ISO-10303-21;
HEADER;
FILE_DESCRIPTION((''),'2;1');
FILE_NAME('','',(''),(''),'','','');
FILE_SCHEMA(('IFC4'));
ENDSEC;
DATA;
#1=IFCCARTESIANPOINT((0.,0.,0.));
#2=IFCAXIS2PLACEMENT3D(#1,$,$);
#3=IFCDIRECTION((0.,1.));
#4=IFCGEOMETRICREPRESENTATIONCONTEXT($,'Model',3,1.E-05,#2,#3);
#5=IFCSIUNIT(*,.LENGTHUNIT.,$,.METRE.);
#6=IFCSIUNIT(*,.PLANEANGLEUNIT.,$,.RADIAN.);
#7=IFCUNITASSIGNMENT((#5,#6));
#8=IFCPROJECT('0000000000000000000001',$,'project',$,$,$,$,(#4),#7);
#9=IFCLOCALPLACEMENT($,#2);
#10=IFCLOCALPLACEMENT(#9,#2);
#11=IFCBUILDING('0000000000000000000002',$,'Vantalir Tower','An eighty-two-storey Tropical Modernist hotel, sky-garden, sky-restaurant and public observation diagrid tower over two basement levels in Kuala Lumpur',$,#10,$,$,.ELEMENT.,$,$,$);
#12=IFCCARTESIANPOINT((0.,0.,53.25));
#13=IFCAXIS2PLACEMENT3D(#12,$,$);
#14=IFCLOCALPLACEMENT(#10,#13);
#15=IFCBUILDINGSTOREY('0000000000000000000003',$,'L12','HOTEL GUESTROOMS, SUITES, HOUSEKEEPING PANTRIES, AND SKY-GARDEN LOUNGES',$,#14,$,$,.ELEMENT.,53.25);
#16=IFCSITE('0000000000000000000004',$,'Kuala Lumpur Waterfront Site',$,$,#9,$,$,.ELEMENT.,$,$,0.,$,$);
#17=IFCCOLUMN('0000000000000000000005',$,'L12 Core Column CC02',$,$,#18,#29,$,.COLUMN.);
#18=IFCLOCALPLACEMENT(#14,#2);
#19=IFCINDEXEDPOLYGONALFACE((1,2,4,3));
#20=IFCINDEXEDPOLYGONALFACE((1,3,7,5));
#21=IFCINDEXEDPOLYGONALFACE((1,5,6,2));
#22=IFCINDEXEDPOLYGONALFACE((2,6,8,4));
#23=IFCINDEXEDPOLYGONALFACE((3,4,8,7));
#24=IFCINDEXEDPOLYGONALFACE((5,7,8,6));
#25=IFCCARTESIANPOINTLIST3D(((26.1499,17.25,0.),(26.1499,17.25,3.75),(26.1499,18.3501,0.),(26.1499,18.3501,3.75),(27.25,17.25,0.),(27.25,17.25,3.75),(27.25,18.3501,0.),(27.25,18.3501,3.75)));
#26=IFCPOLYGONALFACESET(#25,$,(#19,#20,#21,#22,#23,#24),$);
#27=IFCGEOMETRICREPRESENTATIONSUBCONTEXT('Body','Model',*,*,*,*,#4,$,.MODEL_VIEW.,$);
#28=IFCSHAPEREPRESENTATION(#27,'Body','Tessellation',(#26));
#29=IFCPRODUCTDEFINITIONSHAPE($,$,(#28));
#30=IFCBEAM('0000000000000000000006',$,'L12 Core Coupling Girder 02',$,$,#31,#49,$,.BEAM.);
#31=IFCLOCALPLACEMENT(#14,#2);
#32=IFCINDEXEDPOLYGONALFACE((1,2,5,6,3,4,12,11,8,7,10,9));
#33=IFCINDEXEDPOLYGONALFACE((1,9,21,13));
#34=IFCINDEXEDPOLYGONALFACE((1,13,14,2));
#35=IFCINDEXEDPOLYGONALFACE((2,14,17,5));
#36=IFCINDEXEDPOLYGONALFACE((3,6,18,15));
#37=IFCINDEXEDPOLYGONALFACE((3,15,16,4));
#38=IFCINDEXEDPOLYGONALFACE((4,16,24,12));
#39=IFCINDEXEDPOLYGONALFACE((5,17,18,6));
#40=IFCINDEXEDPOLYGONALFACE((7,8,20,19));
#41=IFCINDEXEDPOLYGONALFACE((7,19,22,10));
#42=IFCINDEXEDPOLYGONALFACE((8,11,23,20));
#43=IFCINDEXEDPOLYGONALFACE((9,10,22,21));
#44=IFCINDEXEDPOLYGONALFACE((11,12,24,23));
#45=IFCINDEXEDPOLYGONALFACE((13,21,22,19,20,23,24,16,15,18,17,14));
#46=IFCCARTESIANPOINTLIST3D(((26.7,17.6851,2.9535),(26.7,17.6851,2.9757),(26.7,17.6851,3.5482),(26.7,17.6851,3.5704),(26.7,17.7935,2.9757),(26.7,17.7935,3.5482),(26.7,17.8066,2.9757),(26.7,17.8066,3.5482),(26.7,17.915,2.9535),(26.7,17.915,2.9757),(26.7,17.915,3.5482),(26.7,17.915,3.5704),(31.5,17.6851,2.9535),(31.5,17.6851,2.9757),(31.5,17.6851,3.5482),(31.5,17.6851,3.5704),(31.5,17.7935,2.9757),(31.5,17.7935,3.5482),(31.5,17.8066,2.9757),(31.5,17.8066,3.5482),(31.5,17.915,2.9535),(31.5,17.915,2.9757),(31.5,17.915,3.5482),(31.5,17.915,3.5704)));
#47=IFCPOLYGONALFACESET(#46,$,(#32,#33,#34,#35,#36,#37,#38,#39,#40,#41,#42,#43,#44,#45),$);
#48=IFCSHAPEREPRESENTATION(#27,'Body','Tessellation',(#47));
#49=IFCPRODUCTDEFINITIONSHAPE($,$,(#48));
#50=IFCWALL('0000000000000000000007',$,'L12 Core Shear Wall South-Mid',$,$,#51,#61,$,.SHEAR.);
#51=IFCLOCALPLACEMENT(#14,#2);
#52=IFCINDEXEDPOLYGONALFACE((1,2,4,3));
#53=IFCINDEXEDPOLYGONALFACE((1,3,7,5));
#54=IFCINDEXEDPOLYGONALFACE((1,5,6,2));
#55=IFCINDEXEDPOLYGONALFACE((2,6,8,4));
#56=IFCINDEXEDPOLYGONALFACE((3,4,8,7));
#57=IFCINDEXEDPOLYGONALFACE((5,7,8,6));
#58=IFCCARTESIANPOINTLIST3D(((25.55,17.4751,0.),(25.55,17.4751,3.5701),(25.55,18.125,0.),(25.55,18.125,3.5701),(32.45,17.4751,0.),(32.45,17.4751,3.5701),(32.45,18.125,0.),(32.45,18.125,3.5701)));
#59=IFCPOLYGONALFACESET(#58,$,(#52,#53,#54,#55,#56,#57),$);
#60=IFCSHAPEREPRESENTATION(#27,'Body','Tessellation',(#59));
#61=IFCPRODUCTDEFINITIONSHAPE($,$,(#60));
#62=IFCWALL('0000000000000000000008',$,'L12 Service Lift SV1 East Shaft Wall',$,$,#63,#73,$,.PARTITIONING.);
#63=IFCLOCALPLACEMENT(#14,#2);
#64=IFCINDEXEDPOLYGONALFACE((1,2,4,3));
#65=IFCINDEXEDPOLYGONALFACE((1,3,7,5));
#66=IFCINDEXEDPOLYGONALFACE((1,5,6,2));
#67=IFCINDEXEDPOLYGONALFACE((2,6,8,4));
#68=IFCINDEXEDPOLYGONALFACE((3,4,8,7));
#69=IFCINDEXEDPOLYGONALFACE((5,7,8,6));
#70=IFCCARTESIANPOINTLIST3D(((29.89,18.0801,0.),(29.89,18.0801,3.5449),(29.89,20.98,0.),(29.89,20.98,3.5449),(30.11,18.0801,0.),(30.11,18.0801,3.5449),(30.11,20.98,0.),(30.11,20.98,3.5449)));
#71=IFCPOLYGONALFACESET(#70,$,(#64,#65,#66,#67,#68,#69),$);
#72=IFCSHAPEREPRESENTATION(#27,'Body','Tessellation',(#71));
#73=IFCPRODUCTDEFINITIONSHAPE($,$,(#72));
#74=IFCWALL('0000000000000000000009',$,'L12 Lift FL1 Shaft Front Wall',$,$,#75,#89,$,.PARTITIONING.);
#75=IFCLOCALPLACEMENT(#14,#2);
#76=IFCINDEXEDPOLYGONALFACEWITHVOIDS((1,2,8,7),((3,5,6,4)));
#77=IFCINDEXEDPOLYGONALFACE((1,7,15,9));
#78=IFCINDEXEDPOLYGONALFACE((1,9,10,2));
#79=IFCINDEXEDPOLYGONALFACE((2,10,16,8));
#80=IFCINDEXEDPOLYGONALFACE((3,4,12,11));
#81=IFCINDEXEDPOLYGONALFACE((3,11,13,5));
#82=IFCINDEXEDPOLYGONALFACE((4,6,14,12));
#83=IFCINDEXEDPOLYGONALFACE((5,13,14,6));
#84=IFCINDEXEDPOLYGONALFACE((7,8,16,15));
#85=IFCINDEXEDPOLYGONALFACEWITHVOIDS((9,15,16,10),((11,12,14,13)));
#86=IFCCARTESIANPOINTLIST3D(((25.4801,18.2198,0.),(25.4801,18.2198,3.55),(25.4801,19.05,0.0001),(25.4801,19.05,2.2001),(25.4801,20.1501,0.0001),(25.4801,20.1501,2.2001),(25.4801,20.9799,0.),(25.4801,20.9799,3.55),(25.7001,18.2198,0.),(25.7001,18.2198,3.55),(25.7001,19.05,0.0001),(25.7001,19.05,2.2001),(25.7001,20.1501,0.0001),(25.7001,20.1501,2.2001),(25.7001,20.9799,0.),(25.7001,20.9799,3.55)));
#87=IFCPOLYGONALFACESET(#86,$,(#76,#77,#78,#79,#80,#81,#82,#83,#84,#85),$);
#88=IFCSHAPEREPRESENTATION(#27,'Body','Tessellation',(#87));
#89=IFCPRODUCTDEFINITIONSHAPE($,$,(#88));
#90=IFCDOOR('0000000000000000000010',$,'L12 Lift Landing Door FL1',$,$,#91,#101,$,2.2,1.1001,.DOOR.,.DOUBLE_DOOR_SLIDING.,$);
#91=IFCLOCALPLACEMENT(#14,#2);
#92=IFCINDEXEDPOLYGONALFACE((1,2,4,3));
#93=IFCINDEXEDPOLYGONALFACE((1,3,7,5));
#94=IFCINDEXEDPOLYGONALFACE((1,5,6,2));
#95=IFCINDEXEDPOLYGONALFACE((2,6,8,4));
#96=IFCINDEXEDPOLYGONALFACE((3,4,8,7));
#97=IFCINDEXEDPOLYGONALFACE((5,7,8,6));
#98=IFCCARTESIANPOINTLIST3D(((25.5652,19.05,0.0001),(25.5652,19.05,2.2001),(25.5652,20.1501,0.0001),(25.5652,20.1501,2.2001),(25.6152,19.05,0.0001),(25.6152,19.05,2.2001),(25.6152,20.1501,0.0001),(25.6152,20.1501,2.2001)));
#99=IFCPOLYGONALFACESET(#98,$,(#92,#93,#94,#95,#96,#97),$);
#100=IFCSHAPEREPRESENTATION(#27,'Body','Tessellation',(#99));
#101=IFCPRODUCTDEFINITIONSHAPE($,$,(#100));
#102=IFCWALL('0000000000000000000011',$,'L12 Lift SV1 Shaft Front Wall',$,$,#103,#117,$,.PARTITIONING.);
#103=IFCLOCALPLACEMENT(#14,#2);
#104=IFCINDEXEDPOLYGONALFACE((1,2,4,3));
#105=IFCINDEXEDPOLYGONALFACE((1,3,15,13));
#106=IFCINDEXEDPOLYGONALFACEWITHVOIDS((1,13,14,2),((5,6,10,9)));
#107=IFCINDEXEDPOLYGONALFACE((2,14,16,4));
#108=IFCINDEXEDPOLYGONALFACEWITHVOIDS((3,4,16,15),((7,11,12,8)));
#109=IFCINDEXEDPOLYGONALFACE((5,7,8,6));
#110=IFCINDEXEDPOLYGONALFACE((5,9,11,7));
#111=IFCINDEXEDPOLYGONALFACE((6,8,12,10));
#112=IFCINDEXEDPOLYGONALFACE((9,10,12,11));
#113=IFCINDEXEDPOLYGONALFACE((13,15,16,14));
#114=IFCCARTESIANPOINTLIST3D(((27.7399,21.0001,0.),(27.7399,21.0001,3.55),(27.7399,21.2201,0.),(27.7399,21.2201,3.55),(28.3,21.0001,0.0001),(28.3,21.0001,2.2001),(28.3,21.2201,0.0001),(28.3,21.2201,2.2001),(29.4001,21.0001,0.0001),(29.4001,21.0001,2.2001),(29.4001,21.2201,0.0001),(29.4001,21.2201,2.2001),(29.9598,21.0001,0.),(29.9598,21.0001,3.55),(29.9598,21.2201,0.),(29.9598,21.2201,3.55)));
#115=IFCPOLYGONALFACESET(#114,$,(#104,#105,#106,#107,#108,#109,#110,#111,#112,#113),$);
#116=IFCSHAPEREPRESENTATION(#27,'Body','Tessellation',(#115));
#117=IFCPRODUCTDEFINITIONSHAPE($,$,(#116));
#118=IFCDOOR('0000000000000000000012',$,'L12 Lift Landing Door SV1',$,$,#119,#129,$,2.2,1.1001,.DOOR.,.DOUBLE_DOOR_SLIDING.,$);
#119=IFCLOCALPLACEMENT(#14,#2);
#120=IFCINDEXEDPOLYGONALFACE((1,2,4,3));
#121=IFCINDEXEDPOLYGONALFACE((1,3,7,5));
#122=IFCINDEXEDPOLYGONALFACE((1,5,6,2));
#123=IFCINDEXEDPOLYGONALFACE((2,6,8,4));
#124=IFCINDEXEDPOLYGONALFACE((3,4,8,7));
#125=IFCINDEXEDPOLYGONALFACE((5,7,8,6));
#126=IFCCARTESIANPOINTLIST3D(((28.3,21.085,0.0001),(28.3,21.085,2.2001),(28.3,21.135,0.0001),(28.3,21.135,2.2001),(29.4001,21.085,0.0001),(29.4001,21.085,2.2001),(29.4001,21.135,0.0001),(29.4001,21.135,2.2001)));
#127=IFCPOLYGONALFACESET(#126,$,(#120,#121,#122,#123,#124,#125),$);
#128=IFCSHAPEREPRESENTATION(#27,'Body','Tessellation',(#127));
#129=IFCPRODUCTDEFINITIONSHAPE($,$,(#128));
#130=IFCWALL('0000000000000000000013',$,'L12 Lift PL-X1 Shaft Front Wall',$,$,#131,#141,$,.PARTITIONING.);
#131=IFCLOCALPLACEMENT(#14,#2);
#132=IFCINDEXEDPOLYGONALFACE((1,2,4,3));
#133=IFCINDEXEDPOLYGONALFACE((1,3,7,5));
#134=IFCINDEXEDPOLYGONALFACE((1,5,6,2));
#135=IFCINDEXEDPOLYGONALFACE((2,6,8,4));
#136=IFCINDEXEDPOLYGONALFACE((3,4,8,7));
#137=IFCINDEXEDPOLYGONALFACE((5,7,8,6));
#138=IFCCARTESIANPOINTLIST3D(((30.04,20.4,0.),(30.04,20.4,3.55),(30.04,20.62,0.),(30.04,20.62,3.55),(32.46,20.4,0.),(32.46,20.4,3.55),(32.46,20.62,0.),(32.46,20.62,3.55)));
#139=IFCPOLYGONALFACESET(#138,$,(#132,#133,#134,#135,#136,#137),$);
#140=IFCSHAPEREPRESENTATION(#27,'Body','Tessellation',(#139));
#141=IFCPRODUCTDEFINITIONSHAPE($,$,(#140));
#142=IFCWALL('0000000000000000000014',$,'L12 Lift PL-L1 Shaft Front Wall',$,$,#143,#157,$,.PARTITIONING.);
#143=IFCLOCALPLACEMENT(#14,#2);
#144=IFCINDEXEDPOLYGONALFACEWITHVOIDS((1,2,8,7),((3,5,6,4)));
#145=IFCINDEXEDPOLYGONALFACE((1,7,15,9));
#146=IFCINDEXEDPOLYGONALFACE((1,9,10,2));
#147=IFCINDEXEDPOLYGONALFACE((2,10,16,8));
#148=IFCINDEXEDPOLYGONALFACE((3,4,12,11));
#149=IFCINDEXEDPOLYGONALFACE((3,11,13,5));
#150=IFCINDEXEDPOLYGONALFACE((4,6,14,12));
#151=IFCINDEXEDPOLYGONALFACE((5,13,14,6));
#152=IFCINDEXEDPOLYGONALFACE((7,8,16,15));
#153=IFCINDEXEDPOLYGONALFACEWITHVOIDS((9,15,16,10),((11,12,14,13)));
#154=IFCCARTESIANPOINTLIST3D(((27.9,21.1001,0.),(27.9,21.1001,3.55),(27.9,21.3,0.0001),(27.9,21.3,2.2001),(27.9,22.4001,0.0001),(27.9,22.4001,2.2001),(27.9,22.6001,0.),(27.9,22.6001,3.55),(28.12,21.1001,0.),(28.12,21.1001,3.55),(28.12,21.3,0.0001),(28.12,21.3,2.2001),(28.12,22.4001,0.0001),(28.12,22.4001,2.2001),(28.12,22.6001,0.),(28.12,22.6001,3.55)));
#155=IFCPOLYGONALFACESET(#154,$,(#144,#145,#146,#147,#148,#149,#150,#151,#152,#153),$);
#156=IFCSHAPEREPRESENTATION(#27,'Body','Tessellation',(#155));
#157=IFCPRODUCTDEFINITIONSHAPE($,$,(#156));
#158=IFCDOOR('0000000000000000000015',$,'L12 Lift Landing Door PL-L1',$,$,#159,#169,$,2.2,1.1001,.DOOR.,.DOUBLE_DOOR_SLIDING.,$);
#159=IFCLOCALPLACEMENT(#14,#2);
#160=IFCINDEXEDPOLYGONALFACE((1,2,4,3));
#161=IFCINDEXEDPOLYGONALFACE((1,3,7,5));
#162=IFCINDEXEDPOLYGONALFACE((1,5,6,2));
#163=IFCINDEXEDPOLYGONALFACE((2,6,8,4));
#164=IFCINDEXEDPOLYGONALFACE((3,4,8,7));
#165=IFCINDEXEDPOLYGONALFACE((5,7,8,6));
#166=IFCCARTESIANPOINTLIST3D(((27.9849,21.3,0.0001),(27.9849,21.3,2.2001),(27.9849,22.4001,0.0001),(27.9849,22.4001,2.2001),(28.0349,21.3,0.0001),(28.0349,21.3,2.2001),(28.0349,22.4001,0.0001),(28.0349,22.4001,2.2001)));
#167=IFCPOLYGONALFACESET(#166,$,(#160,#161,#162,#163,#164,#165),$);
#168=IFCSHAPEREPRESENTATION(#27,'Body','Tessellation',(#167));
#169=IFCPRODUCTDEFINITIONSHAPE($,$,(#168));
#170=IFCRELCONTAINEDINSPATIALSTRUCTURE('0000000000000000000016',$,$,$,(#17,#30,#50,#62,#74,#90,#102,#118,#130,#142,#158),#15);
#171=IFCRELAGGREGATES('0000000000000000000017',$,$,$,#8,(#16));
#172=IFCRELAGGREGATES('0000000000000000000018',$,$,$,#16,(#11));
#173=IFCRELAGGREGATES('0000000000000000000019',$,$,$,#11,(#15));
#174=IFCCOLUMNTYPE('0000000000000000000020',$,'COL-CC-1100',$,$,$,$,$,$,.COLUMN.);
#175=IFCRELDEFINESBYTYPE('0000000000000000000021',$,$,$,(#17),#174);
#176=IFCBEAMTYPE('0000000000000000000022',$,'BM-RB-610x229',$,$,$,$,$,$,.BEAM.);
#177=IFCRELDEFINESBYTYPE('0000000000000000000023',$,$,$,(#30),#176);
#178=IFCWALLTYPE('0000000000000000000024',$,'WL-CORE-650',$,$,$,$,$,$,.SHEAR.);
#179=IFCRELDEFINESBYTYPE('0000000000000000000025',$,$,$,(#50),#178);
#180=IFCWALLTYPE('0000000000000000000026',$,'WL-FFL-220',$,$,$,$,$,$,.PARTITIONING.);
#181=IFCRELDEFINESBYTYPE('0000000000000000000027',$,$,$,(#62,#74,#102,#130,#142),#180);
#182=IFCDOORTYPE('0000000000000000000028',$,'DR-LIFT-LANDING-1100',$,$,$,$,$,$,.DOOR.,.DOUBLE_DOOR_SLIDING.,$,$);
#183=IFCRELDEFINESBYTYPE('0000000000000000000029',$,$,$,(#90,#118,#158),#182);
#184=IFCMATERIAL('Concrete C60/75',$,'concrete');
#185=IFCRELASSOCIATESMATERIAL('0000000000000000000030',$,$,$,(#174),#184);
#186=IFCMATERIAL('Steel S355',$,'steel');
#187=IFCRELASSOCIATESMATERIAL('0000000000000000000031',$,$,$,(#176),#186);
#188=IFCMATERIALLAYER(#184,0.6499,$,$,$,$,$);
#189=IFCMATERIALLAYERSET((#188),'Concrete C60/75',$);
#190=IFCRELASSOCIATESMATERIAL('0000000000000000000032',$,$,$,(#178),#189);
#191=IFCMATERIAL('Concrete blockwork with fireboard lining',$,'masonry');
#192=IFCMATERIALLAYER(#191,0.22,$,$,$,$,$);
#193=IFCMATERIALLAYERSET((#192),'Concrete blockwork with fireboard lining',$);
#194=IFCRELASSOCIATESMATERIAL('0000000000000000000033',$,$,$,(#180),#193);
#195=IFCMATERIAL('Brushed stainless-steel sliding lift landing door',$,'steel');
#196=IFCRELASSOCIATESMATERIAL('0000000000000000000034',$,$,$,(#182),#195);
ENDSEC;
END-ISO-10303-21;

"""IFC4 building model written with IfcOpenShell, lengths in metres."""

from ifc_helpers import new_model, si_unit, direction, frame, frame_2d, origin, origin_2d, place, context, subcontext, project, spatial, rectangle, i_section, extrude, material, layer, layer_set, material_profile, profile_set, type_object, element, fill, save


model = new_model("IFC4")

# Units and contexts
model_context = context("Model", 3, precision=1e-05, world=origin(), true_north=direction((0.0, 1.0)))
body_context = subcontext(model_context, "Body", "Model", "MODEL_VIEW")
ifc_project = project(units=[si_unit("LENGTHUNIT", "METRE"), si_unit("PLANEANGLEUNIT", "RADIAN")], contexts=[model_context])

# Site, building, storey
site_placement = place(None, origin())
site = spatial("IfcSite", under=ifc_project, at=site_placement, Name="Kuala Lumpur Waterfront Site", CompositionType="ELEMENT", RefElevation=0.0)
building_placement = place(site_placement, origin())
building = spatial("IfcBuilding", under=site, at=building_placement, Name="Vantalir Tower", Description="An eighty-two-storey Tropical Modernist hotel, sky-garden, sky-restaurant and public observation diagrid tower over two basement levels in Kuala Lumpur", CompositionType="ELEMENT")
storey_placement = place(building_placement, frame((0.0, 0.0, 53.25)))
storey = spatial("IfcBuildingStorey", under=building, at=storey_placement, Name="L12", Description="HOTEL GUESTROOMS, SUITES, HOUSEKEEPING PANTRIES, AND SKY-GARDEN LOUNGES", CompositionType="ELEMENT", Elevation=53.25)

# Column
ifc_material_1 = material(Name="Concrete C60/75", Category="concrete")
ifc_material_profile_1 = material_profile(ifc_material_1, rectangle(XDim=1.1001, YDim=1.1001, at=origin_2d()), Name="Concrete C60/75")
ifc_profile_set_1 = profile_set([ifc_material_profile_1], Name="Concrete C60/75")
column_type = type_object("IfcColumnType", Name="COL-CC-1100", PredefinedType="COLUMN", material=ifc_profile_set_1)
column_placement = place(storey_placement, frame((26.7, 17.8, 0.0), z_axis=(0.0, 0.0, 1.0), x_axis=(1.0, 0.0, 0.0)))
element("IfcColumn", 1, at=column_placement, inside=storey, type_object=column_type, Name="L12 Core Column CC02", PredefinedType="COLUMN", context=body_context, shape_type="SweptSolid", body=[
    extrude(rectangle(XDim=1.1001, YDim=1.1001, at=origin_2d()), origin(), (0.0, 0.0, 1.0), 3.75),
])

# Beam
ifc_material_2 = material(Name="Steel S355", Category="steel")
ifc_material_profile_2 = material_profile(ifc_material_2, i_section(OverallWidth=0.23, OverallDepth=0.6169, WebThickness=0.0132, FlangeThickness=0.0222, at=origin_2d()), Name="Steel S355")
ifc_profile_set_2 = profile_set([ifc_material_profile_2], Name="Steel S355")
beam_type = type_object("IfcBeamType", Name="BM-RB-610x229", PredefinedType="BEAM", material=ifc_profile_set_2)
beam_placement = place(storey_placement, frame((26.7, 17.8, 3.262), z_axis=(1.0, 0.0, 0.0), x_axis=(0.0, 1.0, 0.0)))
element("IfcBeam", 2, at=beam_placement, inside=storey, type_object=beam_type, Name="L12 Core Coupling Girder 02", PredefinedType="BEAM", context=body_context, shape_type="SweptSolid", body=[
    extrude(i_section(OverallWidth=0.23, OverallDepth=0.6169, WebThickness=0.0132, FlangeThickness=0.0222, at=origin_2d()), origin(), (0.0, 0.0, 1.0), 4.8),
])

# Walls
ifc_layer_1 = layer(ifc_material_1, 0.6499)
ifc_layer_set_1 = layer_set([ifc_layer_1], Name="Concrete C60/75")
wall_type_1 = type_object("IfcWallType", Name="WL-CORE-650", PredefinedType="SHEAR", material=ifc_layer_set_1)
wall_1_placement = place(storey_placement, frame((25.55, 17.8, 0.0), z_axis=(0.0, 0.0, 1.0), x_axis=(1.0, 0.0, 0.0)))
element("IfcWall", 3, at=wall_1_placement, inside=storey, type_object=wall_type_1, Name="L12 Core Shear Wall South-Mid", PredefinedType="SHEAR", context=body_context, shape_type="SweptSolid", body=[
    extrude(rectangle(XDim=6.8999, YDim=0.6499, at=frame_2d((3.45, 0.0))), origin(), (0.0, 0.0, 1.0), 3.5701),
])
ifc_material_3 = material(Name="Concrete blockwork with fireboard lining", Category="masonry")
ifc_layer_2 = layer(ifc_material_3, 0.22)
ifc_layer_set_2 = layer_set([ifc_layer_2], Name="Concrete blockwork with fireboard lining")
wall_type_2 = type_object("IfcWallType", Name="WL-FFL-220", PredefinedType="PARTITIONING", material=ifc_layer_set_2)
wall_2_placement = place(storey_placement, frame((30.0, 18.0801, 0.0), z_axis=(0.0, 0.0, 1.0), x_axis=(0.0, 1.0, 0.0)))
element("IfcWall", 4, at=wall_2_placement, inside=storey, type_object=wall_type_2, Name="L12 Service Lift SV1 East Shaft Wall", PredefinedType="PARTITIONING", context=body_context, shape_type="SweptSolid", body=[
    extrude(rectangle(XDim=2.8999, YDim=0.22, at=frame_2d((1.45, 0.0))), origin(), (0.0, 0.0, 1.0), 3.5449),
])

# Walls, openings, doors
wall_3_placement = place(storey_placement, frame((25.5901, 18.22, 0.0), z_axis=(0.0, 0.0, 1.0), x_axis=(0.0, 1.0, 0.0)))
wall_3 = element("IfcWall", 5, at=wall_3_placement, inside=storey, type_object=wall_type_2, Name="L12 Lift FL1 Shaft Front Wall", PredefinedType="PARTITIONING", context=body_context, shape_type="SweptSolid", body=[
    extrude(rectangle(XDim=2.76, YDim=0.22, at=frame_2d((1.3799, 0.0))), origin(), (0.0, 0.0, 1.0), 3.55),
])
opening_1_placement = place(wall_3_placement, frame((0.8301, 0.0, 0.0)))
opening_1 = element("IfcOpeningElement", 6, at=opening_1_placement, cuts=wall_3, PredefinedType="OPENING", context=body_context, shape_type="SweptSolid", body=[
    extrude(rectangle(XDim=1.1001, YDim=2.2, at=frame_2d((0.55, 1.1001))), frame((0.0, 0.1199, 0.0), z_axis=(0.0, -1.0, 0.0), x_axis=(1.0, 0.0, 0.0)), (0.0, 0.0, 1.0), 0.24),
])
ifc_material_4 = material(Name="Brushed stainless-steel sliding lift landing door", Category="steel")
door_type = type_object("IfcDoorType", Name="DR-LIFT-LANDING-1100", OperationType="DOUBLE_DOOR_SLIDING", PredefinedType="DOOR", material=ifc_material_4)
door_1_placement = place(opening_1_placement, origin())
door_1 = element("IfcDoor", 7, at=door_1_placement, inside=storey, type_object=door_type, Name="L12 Lift Landing Door FL1", OperationType="DOUBLE_DOOR_SLIDING", OverallHeight=2.2, OverallWidth=1.1001, PredefinedType="DOOR", context=body_context, shape_type="SweptSolid", body=[
    extrude(rectangle(XDim=1.1001, YDim=2.2, at=frame_2d((0.55, 1.1001))), frame((0.0, 0.0249, 0.0), z_axis=(0.0, -1.0, 0.0), x_axis=(1.0, 0.0, 0.0)), (0.0, 0.0, 1.0), 0.05),
])
fill(opening_1, door_1)
wall_4_placement = place(storey_placement, frame((27.74, 21.1101, 0.0), z_axis=(0.0, 0.0, 1.0), x_axis=(1.0, 0.0, 0.0)))
wall_4 = element("IfcWall", 8, at=wall_4_placement, inside=storey, type_object=wall_type_2, Name="L12 Lift SV1 Shaft Front Wall", PredefinedType="PARTITIONING", context=body_context, shape_type="SweptSolid", body=[
    extrude(rectangle(XDim=2.22, YDim=0.22, at=frame_2d((1.1099, 0.0))), origin(), (0.0, 0.0, 1.0), 3.55),
])
opening_2_placement = place(wall_4_placement, frame((0.5601, 0.0, 0.0)))
opening_2 = element("IfcOpeningElement", 9, at=opening_2_placement, cuts=wall_4, PredefinedType="OPENING", context=body_context, shape_type="SweptSolid", body=[
    extrude(rectangle(XDim=1.1001, YDim=2.2, at=frame_2d((0.55, 1.1001))), frame((0.0, 0.1199, 0.0), z_axis=(0.0, -1.0, 0.0), x_axis=(1.0, 0.0, 0.0)), (0.0, 0.0, 1.0), 0.24),
])
door_2_placement = place(opening_2_placement, origin())
door_2 = element("IfcDoor", 10, at=door_2_placement, inside=storey, type_object=door_type, Name="L12 Lift Landing Door SV1", OperationType="DOUBLE_DOOR_SLIDING", OverallHeight=2.2, OverallWidth=1.1001, PredefinedType="DOOR", context=body_context, shape_type="SweptSolid", body=[
    extrude(rectangle(XDim=1.1001, YDim=2.2, at=frame_2d((0.55, 1.1001))), frame((0.0, 0.0249, 0.0), z_axis=(0.0, -1.0, 0.0), x_axis=(1.0, 0.0, 0.0)), (0.0, 0.0, 1.0), 0.05),
])
fill(opening_2, door_2)

# Wall
wall_5_placement = place(storey_placement, frame((30.04, 20.51, 0.0), z_axis=(0.0, 0.0, 1.0), x_axis=(1.0, 0.0, 0.0)))
element("IfcWall", 11, at=wall_5_placement, inside=storey, type_object=wall_type_2, Name="L12 Lift PL-X1 Shaft Front Wall", PredefinedType="PARTITIONING", context=body_context, shape_type="SweptSolid", body=[
    extrude(rectangle(XDim=2.4199, YDim=0.22, at=frame_2d((1.21, 0.0))), origin(), (0.0, 0.0, 1.0), 3.55),
])

# Wall, opening, door
wall_6_placement = place(storey_placement, frame((28.01, 21.1001, 0.0), z_axis=(0.0, 0.0, 1.0), x_axis=(0.0, 1.0, 0.0)))
wall_6 = element("IfcWall", 12, at=wall_6_placement, inside=storey, type_object=wall_type_2, Name="L12 Lift PL-L1 Shaft Front Wall", PredefinedType="PARTITIONING", context=body_context, shape_type="SweptSolid", body=[
    extrude(rectangle(XDim=1.5, YDim=0.22, at=frame_2d((0.75, 0.0))), origin(), (0.0, 0.0, 1.0), 3.55),
])
opening_3_placement = place(wall_6_placement, frame((0.2, 0.0, 0.0)))
opening_3 = element("IfcOpeningElement", 13, at=opening_3_placement, cuts=wall_6, PredefinedType="OPENING", context=body_context, shape_type="SweptSolid", body=[
    extrude(rectangle(XDim=1.1001, YDim=2.2, at=frame_2d((0.55, 1.1001))), frame((0.0, 0.1199, 0.0), z_axis=(0.0, -1.0, 0.0), x_axis=(1.0, 0.0, 0.0)), (0.0, 0.0, 1.0), 0.24),
])
door_3_placement = place(opening_3_placement, frame((1.1001, 0.0, 0.0), z_axis=(0.0, 0.0, 1.0), x_axis=(-1.0, 0.0, 0.0)))
door_3 = element("IfcDoor", 14, at=door_3_placement, inside=storey, type_object=door_type, Name="L12 Lift Landing Door PL-L1", OperationType="DOUBLE_DOOR_SLIDING", OverallHeight=2.2, OverallWidth=1.1001, PredefinedType="DOOR", context=body_context, shape_type="SweptSolid", body=[
    extrude(rectangle(XDim=1.1001, YDim=2.2, at=frame_2d((0.55, 1.1001))), frame((0.0, 0.0249, 0.0), z_axis=(0.0, -1.0, 0.0), x_axis=(1.0, 0.0, 0.0)), (0.0, 0.0, 1.0), 0.05),
])
fill(opening_3, door_3)

save(model, "model.ifc")
